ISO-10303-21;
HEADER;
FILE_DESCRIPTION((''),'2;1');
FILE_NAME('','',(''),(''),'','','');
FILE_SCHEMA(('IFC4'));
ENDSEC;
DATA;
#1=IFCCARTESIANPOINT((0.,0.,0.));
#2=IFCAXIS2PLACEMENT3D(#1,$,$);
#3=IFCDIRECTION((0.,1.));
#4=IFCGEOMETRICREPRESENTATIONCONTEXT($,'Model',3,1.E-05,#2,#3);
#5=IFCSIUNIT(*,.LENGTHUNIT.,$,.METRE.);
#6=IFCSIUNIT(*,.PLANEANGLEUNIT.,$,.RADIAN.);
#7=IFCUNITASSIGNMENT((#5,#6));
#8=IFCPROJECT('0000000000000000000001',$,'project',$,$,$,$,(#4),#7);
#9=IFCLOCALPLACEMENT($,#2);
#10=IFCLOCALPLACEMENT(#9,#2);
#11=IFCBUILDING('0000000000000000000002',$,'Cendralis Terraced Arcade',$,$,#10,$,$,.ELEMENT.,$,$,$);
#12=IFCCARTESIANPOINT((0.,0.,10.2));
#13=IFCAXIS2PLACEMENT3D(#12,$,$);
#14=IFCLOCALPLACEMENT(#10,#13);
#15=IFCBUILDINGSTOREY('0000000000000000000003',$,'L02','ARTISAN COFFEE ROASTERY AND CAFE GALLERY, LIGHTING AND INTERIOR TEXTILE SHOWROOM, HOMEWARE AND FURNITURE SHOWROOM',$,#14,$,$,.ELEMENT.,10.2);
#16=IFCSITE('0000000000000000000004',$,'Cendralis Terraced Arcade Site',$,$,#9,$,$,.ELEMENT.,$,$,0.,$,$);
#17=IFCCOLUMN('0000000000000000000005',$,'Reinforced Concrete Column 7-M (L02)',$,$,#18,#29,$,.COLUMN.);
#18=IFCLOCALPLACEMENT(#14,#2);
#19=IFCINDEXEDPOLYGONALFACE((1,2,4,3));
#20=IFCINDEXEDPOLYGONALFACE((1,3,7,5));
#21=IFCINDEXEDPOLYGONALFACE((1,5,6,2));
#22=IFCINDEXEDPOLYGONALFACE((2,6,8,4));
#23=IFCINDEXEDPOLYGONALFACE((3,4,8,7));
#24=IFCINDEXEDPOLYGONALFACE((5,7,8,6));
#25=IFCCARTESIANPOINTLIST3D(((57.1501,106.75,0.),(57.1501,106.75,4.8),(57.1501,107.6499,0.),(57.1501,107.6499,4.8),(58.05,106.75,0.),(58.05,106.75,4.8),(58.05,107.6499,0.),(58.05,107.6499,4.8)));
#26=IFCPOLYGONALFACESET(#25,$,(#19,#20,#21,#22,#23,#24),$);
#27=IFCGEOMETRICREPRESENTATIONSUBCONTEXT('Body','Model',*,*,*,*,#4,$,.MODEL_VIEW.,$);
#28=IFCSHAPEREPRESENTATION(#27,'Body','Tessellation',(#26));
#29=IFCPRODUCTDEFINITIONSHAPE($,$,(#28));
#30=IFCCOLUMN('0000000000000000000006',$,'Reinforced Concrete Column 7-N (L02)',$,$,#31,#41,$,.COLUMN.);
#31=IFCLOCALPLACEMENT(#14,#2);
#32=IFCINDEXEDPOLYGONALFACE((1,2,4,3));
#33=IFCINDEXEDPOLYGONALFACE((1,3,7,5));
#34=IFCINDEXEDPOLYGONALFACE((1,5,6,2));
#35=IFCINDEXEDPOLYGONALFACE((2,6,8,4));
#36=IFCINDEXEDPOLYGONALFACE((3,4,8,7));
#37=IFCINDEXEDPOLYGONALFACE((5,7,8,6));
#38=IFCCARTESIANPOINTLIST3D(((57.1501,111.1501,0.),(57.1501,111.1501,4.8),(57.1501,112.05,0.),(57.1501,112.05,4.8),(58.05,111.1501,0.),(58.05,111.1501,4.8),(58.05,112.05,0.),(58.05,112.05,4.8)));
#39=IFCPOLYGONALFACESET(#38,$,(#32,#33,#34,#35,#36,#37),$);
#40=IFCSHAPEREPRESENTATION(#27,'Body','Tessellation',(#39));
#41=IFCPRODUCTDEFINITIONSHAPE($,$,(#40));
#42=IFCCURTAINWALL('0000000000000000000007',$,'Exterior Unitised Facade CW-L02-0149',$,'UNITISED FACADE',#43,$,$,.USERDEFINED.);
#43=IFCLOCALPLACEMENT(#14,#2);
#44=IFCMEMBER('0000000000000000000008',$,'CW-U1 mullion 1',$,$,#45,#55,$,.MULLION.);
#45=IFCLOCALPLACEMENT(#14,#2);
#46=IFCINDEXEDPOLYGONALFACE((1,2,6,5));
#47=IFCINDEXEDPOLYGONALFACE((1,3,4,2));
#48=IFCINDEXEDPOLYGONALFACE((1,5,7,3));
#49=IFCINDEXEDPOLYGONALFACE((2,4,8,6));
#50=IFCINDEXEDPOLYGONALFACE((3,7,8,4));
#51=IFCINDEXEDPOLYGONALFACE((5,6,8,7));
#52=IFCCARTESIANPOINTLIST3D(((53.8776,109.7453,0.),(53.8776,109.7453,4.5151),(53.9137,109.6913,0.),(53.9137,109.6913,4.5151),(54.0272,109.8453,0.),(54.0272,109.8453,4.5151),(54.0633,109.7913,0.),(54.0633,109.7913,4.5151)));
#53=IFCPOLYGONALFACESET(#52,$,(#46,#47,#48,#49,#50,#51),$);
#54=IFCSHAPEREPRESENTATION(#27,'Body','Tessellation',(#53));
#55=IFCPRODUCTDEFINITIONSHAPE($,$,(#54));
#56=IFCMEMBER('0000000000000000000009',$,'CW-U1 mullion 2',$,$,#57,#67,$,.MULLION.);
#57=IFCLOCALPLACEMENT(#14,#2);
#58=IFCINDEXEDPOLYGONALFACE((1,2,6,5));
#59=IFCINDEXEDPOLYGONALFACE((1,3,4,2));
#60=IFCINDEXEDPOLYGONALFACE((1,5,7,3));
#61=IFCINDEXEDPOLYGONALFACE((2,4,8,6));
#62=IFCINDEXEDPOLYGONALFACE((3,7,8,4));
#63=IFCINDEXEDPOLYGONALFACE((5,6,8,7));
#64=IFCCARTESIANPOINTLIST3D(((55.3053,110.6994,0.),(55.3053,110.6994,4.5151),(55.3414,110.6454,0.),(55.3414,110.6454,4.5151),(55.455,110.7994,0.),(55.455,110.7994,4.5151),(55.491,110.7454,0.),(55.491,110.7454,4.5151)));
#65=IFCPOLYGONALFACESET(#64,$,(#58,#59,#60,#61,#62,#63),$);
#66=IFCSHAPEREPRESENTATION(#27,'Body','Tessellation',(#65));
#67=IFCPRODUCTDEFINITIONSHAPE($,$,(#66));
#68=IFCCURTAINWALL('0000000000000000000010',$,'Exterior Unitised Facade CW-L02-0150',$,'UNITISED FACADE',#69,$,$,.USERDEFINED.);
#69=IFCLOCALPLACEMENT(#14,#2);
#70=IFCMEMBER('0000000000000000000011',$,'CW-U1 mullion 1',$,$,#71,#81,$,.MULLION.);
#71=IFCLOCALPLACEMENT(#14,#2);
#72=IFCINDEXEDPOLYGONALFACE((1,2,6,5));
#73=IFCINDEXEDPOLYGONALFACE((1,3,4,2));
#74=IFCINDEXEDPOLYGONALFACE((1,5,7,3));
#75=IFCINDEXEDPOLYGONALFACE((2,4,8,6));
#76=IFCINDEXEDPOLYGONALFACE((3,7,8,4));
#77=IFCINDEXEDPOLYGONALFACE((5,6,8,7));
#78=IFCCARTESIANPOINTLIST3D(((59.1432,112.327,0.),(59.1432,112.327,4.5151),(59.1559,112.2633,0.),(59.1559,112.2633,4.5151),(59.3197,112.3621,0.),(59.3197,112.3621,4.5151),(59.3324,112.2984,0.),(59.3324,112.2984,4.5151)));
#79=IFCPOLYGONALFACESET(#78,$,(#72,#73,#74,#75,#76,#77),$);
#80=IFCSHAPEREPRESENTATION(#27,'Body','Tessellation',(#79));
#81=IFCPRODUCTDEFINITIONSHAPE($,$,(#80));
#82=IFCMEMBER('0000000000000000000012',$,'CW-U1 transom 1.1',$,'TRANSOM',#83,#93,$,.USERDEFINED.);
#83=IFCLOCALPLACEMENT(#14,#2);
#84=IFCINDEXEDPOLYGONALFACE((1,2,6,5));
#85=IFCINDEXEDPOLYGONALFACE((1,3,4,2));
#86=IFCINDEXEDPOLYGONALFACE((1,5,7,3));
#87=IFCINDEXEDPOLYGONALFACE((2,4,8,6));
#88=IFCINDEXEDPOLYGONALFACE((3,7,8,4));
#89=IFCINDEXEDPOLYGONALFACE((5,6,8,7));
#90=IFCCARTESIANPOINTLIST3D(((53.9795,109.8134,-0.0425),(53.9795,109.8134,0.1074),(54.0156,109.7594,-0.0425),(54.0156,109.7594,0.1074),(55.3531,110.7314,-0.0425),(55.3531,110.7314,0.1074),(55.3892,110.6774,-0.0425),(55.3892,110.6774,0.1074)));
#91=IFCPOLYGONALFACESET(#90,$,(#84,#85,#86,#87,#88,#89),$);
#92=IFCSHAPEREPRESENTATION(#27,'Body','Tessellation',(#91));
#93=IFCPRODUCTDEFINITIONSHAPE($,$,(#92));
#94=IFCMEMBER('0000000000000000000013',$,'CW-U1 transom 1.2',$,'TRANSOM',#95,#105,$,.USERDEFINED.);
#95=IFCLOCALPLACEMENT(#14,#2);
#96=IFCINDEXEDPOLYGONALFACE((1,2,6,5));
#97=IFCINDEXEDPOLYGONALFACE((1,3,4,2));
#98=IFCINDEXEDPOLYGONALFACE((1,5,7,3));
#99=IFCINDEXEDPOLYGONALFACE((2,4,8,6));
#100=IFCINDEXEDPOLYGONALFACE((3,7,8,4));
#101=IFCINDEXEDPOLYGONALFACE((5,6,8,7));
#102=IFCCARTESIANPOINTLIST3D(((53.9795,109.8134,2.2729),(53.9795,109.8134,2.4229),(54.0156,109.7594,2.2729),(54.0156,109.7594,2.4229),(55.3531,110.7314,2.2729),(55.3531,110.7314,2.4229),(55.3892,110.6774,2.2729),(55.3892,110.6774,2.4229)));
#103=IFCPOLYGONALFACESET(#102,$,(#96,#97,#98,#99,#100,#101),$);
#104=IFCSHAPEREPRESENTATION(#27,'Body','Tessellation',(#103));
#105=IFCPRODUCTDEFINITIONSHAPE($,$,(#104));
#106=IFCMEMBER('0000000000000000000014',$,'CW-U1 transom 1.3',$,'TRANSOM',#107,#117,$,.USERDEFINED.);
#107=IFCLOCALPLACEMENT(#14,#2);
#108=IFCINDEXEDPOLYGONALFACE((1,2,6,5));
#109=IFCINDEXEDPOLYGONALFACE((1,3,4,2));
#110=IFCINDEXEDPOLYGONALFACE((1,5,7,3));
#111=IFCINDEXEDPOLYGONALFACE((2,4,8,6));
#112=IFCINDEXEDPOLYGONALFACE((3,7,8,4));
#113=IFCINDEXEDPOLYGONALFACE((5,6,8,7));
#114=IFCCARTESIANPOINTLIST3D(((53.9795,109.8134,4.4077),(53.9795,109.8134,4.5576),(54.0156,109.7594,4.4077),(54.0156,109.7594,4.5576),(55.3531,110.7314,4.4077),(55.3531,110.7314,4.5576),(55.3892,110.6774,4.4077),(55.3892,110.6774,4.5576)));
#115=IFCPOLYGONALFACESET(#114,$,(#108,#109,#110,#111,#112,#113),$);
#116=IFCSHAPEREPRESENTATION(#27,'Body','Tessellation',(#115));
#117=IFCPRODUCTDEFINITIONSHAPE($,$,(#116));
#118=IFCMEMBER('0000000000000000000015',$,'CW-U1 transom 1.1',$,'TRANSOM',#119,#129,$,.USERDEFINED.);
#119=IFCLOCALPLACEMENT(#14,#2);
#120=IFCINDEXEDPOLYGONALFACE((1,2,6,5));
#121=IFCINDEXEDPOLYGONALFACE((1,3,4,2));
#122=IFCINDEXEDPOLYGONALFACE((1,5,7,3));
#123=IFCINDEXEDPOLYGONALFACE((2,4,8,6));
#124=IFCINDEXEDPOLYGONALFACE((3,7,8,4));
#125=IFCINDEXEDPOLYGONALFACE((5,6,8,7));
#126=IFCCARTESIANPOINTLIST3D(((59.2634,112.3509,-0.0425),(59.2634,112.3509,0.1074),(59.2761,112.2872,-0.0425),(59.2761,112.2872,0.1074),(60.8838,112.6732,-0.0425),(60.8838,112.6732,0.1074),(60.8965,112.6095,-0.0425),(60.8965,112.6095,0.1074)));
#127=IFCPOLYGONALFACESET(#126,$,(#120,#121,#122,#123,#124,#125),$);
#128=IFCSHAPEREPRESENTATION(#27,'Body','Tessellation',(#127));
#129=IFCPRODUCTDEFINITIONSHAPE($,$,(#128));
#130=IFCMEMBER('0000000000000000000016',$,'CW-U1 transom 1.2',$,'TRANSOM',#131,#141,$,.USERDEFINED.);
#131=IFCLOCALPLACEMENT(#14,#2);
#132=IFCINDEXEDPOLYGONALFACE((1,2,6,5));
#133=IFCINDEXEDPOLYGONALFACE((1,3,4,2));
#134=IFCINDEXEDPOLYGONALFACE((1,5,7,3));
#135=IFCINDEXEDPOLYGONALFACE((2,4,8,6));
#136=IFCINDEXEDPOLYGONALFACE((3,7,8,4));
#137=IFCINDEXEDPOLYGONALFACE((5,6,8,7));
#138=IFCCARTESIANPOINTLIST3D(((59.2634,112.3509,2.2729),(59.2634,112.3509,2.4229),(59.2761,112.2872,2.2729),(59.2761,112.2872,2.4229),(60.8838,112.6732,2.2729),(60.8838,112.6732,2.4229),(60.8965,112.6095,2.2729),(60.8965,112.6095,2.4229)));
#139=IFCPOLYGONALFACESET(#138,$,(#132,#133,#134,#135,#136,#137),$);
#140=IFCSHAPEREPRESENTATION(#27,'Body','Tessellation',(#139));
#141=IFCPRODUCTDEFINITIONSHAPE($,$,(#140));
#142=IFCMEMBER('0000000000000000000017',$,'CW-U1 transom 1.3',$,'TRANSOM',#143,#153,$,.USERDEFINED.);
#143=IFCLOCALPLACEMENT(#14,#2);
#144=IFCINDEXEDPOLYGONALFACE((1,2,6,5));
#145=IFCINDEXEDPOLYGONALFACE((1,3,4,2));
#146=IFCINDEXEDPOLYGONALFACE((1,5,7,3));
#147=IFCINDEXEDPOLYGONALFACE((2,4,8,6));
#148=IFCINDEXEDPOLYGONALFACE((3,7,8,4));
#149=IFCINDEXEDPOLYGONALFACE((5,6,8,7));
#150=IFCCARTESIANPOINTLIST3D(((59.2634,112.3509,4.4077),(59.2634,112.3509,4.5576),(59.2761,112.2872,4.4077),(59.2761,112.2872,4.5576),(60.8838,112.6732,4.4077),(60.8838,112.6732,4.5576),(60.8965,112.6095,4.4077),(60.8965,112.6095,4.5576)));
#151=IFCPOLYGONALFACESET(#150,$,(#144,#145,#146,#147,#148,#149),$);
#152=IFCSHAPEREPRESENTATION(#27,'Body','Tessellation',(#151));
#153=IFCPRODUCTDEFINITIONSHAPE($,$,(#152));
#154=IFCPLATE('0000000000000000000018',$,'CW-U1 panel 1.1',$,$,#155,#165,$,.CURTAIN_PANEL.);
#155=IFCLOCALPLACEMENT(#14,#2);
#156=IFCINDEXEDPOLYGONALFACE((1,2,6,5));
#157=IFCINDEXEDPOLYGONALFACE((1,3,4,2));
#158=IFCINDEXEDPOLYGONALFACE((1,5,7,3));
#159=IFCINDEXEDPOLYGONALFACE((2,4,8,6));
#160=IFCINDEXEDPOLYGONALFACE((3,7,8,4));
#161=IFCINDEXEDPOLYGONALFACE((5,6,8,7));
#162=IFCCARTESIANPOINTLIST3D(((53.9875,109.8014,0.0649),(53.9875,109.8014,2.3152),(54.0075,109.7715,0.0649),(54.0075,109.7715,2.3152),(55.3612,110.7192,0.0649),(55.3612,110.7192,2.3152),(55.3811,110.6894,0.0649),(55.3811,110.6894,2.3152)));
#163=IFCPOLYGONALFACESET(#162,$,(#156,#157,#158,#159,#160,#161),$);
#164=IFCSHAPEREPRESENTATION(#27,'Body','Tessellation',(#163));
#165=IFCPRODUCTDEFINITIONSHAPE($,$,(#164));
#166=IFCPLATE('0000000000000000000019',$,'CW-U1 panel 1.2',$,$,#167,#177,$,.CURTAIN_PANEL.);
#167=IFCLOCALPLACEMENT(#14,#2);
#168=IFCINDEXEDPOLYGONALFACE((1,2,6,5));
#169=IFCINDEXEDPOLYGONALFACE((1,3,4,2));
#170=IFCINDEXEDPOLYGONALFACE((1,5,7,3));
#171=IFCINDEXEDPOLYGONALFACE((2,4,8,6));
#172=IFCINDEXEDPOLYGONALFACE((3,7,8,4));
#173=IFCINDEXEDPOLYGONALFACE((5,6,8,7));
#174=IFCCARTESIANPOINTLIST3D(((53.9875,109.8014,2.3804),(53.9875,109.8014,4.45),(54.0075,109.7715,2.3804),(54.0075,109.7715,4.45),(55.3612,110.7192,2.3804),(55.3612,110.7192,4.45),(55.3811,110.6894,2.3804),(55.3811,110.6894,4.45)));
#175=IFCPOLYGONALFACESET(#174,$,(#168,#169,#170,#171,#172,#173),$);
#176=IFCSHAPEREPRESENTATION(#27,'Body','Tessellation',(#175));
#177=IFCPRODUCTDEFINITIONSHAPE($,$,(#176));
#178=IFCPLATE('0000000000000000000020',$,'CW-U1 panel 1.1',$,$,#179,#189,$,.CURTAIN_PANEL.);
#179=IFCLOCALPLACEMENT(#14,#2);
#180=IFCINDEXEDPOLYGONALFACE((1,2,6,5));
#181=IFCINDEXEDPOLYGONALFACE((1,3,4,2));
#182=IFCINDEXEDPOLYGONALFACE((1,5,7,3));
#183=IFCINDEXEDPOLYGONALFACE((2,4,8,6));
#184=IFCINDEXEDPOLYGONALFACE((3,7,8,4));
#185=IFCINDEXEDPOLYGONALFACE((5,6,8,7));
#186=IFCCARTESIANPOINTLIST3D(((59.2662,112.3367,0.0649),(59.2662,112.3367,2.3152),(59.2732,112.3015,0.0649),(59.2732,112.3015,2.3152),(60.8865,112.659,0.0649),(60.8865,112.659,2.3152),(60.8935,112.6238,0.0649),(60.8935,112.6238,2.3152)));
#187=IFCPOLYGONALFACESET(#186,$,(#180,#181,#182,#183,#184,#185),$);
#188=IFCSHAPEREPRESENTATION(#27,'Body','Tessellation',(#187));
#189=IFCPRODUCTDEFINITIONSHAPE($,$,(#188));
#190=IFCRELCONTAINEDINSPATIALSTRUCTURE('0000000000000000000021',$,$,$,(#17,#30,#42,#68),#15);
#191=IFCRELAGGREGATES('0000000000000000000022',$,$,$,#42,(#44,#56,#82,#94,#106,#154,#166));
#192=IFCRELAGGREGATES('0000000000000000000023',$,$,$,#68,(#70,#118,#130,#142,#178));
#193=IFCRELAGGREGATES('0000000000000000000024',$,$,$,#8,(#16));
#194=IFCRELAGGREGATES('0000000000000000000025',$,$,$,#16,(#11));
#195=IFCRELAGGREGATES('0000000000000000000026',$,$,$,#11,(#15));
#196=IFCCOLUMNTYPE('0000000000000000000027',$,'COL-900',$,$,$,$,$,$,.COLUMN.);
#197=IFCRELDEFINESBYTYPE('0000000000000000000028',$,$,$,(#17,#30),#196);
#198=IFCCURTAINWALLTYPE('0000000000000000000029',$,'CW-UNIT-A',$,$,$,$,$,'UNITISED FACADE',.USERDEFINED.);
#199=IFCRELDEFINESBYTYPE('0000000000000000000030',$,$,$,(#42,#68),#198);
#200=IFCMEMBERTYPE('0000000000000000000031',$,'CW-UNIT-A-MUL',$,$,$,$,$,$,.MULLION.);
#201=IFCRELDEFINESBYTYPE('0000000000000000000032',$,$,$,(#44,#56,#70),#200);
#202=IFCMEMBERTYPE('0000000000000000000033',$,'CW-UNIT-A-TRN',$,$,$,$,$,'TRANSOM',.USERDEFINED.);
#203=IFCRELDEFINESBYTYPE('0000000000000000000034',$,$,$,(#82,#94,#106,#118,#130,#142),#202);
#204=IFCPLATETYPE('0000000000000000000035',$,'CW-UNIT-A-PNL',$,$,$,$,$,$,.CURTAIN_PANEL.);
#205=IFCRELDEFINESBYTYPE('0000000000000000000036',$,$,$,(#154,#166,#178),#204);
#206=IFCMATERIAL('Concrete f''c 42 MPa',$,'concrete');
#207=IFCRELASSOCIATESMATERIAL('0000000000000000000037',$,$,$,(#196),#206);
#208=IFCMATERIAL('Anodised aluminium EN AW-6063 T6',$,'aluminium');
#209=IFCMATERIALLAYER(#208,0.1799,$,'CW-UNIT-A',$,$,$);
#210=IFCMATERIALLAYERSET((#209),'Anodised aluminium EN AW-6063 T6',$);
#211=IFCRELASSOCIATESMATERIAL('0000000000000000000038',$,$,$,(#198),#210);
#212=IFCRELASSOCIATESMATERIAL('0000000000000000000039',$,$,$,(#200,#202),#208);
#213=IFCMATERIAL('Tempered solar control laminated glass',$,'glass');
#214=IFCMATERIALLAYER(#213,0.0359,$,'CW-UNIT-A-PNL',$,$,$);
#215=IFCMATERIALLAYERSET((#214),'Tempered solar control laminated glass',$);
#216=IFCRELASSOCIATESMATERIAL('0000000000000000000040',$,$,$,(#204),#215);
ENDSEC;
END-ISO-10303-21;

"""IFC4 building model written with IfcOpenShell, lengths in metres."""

from ifc_helpers import new_model, si_unit, direction, frame, origin, origin_2d, place, context, subcontext, project, spatial, rectangle, extrude, material, layer, layer_set, material_profile, profile_set, type_object, element, aggregate, save


model = new_model("IFC4")

# Units and contexts
model_context = context("Model", 3, precision=1e-05, world=origin(), true_north=direction((0.0, 1.0)))
body_context = subcontext(model_context, "Body", "Model", "MODEL_VIEW")
ifc_project = project(units=[si_unit("LENGTHUNIT", "METRE"), si_unit("PLANEANGLEUNIT", "RADIAN")], contexts=[model_context])

# Site, building, storey
site_placement = place(None, origin())
site = spatial("IfcSite", under=ifc_project, at=site_placement, Name="Cendralis Terraced Arcade Site", CompositionType="ELEMENT", RefElevation=0.0)
building_placement = place(site_placement, origin())
building = spatial("IfcBuilding", under=site, at=building_placement, Name="Cendralis Terraced Arcade", CompositionType="ELEMENT")
storey_placement = place(building_placement, frame((0.0, 0.0, 10.2)))
storey = spatial("IfcBuildingStorey", under=building, at=storey_placement, Name="L02", Description="ARTISAN COFFEE ROASTERY AND CAFE GALLERY, LIGHTING AND INTERIOR TEXTILE SHOWROOM, HOMEWARE AND FURNITURE SHOWROOM", CompositionType="ELEMENT", Elevation=10.2)

# Columns
ifc_material_1 = material(Name="Concrete f'c 42 MPa", Category="concrete")
ifc_material_profile_1 = material_profile(ifc_material_1, rectangle(XDim=0.8999, YDim=0.8999, at=origin_2d()), Name="RC-COL-900x900", Category="LoadBearing")
ifc_profile_set_1 = profile_set([ifc_material_profile_1], Name="Concrete f'c 42 MPa")
column_type = type_object("IfcColumnType", Name="COL-900", PredefinedType="COLUMN", material=ifc_profile_set_1)
for number, where, z_axis, x_axis, name in (
    (1, (57.6001, 107.2, 0.0), (0.0, 0.0, 1.0), (1.0, 0.0, 0.0), "Reinforced Concrete Column 7-M (L02)"),
    (2, (57.6001, 111.6001, 0.0), (0.0, 0.0, 1.0), (1.0, 0.0, 0.0), "Reinforced Concrete Column 7-N (L02)"),
):
    element("IfcColumn", number, at=place(storey_placement, frame(where, z_axis=z_axis, x_axis=x_axis)), inside=storey, type_object=column_type, Name=name, PredefinedType="COLUMN", context=body_context, shape_type="SweptSolid", body=[
        extrude(rectangle(XDim=0.8999, YDim=0.8999, at=origin_2d()), origin(), (0.0, 0.0, 1.0), 4.8),
    ])

# Curtain wall, members
ifc_material_2 = material(Name="Anodised aluminium EN AW-6063 T6", Category="aluminium")
ifc_layer_1 = layer(ifc_material_2, 0.1799, Name="CW-UNIT-A")
ifc_layer_set_1 = layer_set([ifc_layer_1], Name="Anodised aluminium EN AW-6063 T6")
curtain_wall_type = type_object("IfcCurtainWallType", Name="CW-UNIT-A", ElementType="UNITISED FACADE", PredefinedType="USERDEFINED", material=ifc_layer_set_1)
curtain_wall_1_placement = place(storey_placement, origin())
curtain_wall_1 = element("IfcCurtainWall", 3, at=curtain_wall_1_placement, inside=storey, type_object=curtain_wall_type, Name="Exterior Unitised Facade CW-L02-0149", ObjectType="UNITISED FACADE", PredefinedType="USERDEFINED")
ifc_material_profile_2 = material_profile(ifc_material_2, rectangle(XDim=0.0649, YDim=0.1799, at=origin_2d()), Name="ALU-MUL-65x180")
ifc_profile_set_2 = profile_set([ifc_material_profile_2], Name="Anodised aluminium EN AW-6063 T6")
member_type_1 = type_object("IfcMemberType", Name="CW-UNIT-A-MUL", PredefinedType="MULLION", material=ifc_profile_set_2)
member_1_placement = place(storey_placement, frame((53.9705, 109.7683, 0.0), z_axis=(0.0, 0.0, 1.0), x_axis=(-0.555567, 0.831471, 0.0)))
member_1 = element("IfcMember", 4, at=member_1_placement, type_object=member_type_1, Name="CW-U1 mullion 1", PredefinedType="MULLION", context=body_context, shape_type="SweptSolid", body=[
    extrude(rectangle(XDim=0.0649, YDim=0.1799, at=origin_2d()), origin(), (0.0, 0.0, 1.0), 4.5151),
])
member_2_placement = place(storey_placement, frame((55.3982, 110.7224, 0.0), z_axis=(0.0, 0.0, 1.0), x_axis=(-0.555567, 0.831471, 0.0)))
member_2 = element("IfcMember", 5, at=member_2_placement, type_object=member_type_1, Name="CW-U1 mullion 2", PredefinedType="MULLION", context=body_context, shape_type="SweptSolid", body=[
    extrude(rectangle(XDim=0.0649, YDim=0.1799, at=origin_2d()), origin(), (0.0, 0.0, 1.0), 4.5151),
])

# Curtain wall, member
curtain_wall_2_placement = place(storey_placement, origin())
curtain_wall_2 = element("IfcCurtainWall", 6, at=curtain_wall_2_placement, inside=storey, type_object=curtain_wall_type, Name="Exterior Unitised Facade CW-L02-0150", ObjectType="UNITISED FACADE", PredefinedType="USERDEFINED")
member_3_placement = place(storey_placement, frame((59.2378, 112.3127, 0.0), z_axis=(0.0, 0.0, 1.0), x_axis=(-0.195058, 0.980792, 0.0)))
member_3 = element("IfcMember", 7, at=member_3_placement, type_object=member_type_1, Name="CW-U1 mullion 1", PredefinedType="MULLION", context=body_context, shape_type="SweptSolid", body=[
    extrude(rectangle(XDim=0.0649, YDim=0.1799, at=origin_2d()), origin(), (0.0, 0.0, 1.0), 4.5151),
])

# Members
ifc_material_profile_3 = material_profile(ifc_material_2, rectangle(XDim=0.0649, YDim=0.1499, at=origin_2d()), Name="ALU-TRN-65x150")
ifc_profile_set_3 = profile_set([ifc_material_profile_3], Name="Anodised aluminium EN AW-6063 T6")
member_type_2 = type_object("IfcMemberType", Name="CW-UNIT-A-TRN", ElementType="TRANSOM", PredefinedType="USERDEFINED", material=ifc_profile_set_3)
member_4_placement = place(storey_placement, frame((53.9976, 109.7864, 0.0325), z_axis=(0.831413, 0.555655, 0.0), x_axis=(-0.555655, 0.831413, 0.0)))
member_4 = element("IfcMember", 8, at=member_4_placement, type_object=member_type_2, Name="CW-U1 transom 1.1", ObjectType="TRANSOM", PredefinedType="USERDEFINED", context=body_context, shape_type="SweptSolid", body=[
    extrude(rectangle(XDim=0.0649, YDim=0.1499, at=origin_2d()), origin(), (0.0, 0.0, 1.0), 1.6521),
])
member_5_placement = place(storey_placement, frame((53.9976, 109.7864, 2.3479), z_axis=(0.831413, 0.555655, 0.0), x_axis=(-0.555655, 0.831413, 0.0)))
member_5 = element("IfcMember", 9, at=member_5_placement, type_object=member_type_2, Name="CW-U1 transom 1.2", ObjectType="TRANSOM", PredefinedType="USERDEFINED", context=body_context, shape_type="SweptSolid", body=[
    extrude(rectangle(XDim=0.0649, YDim=0.1499, at=origin_2d()), origin(), (0.0, 0.0, 1.0), 1.6521),
])
member_6_placement = place(storey_placement, frame((53.9976, 109.7864, 4.4827), z_axis=(0.831413, 0.555655, 0.0), x_axis=(-0.555655, 0.831413, 0.0)))
member_6 = element("IfcMember", 10, at=member_6_placement, type_object=member_type_2, Name="CW-U1 transom 1.3", ObjectType="TRANSOM", PredefinedType="USERDEFINED", context=body_context, shape_type="SweptSolid", body=[
    extrude(rectangle(XDim=0.0649, YDim=0.1499, at=origin_2d()), origin(), (0.0, 0.0, 1.0), 1.6521),
])
member_7_placement = place(storey_placement, frame((59.2698, 112.3191, 0.0325), z_axis=(0.98079, 0.195065, 0.0), x_axis=(-0.195065, 0.98079, 0.0)))
member_7 = element("IfcMember", 11, at=member_7_placement, type_object=member_type_2, Name="CW-U1 transom 1.1", ObjectType="TRANSOM", PredefinedType="USERDEFINED", context=body_context, shape_type="SweptSolid", body=[
    extrude(rectangle(XDim=0.0649, YDim=0.1499, at=origin_2d()), origin(), (0.0, 0.0, 1.0), 1.6521),
])
member_8_placement = place(storey_placement, frame((59.2698, 112.3191, 2.3479), z_axis=(0.98079, 0.195065, 0.0), x_axis=(-0.195065, 0.98079, 0.0)))
member_8 = element("IfcMember", 12, at=member_8_placement, type_object=member_type_2, Name="CW-U1 transom 1.2", ObjectType="TRANSOM", PredefinedType="USERDEFINED", context=body_context, shape_type="SweptSolid", body=[
    extrude(rectangle(XDim=0.0649, YDim=0.1499, at=origin_2d()), origin(), (0.0, 0.0, 1.0), 1.6521),
])
member_9_placement = place(storey_placement, frame((59.2698, 112.3191, 4.4827), z_axis=(0.98079, 0.195065, 0.0), x_axis=(-0.195065, 0.98079, 0.0)))
member_9 = element("IfcMember", 13, at=member_9_placement, type_object=member_type_2, Name="CW-U1 transom 1.3", ObjectType="TRANSOM", PredefinedType="USERDEFINED", context=body_context, shape_type="SweptSolid", body=[
    extrude(rectangle(XDim=0.0649, YDim=0.1499, at=origin_2d()), origin(), (0.0, 0.0, 1.0), 1.6521),
])

# Plates
ifc_material_3 = material(Name="Tempered solar control laminated glass", Category="glass")
ifc_layer_2 = layer(ifc_material_3, 0.0359, Name="CW-UNIT-A-PNL")
ifc_layer_set_2 = layer_set([ifc_layer_2], Name="Tempered solar control laminated glass")
plate_type = type_object("IfcPlateType", Name="CW-UNIT-A-PNL", PredefinedType="CURTAIN_PANEL", material=ifc_layer_set_2)
plate_1_placement = place(storey_placement, frame((54.6843, 110.2454, 0.0649), z_axis=(0.0, 0.0, 1.0), x_axis=(0.831471, 0.555567, 0.0)))
plate_1 = element("IfcPlate", 14, at=plate_1_placement, type_object=plate_type, Name="CW-U1 panel 1.1", PredefinedType="CURTAIN_PANEL", context=body_context, shape_type="SweptSolid", body=[
    extrude(rectangle(XDim=1.6521, YDim=0.0359, at=origin_2d()), origin(), (0.0, 0.0, 1.0), 2.2502),
])
plate_2_placement = place(storey_placement, frame((54.6843, 110.2454, 2.3804), z_axis=(0.0, 0.0, 1.0), x_axis=(0.831471, 0.555567, 0.0)))
plate_2 = element("IfcPlate", 15, at=plate_2_placement, type_object=plate_type, Name="CW-U1 panel 1.2", PredefinedType="CURTAIN_PANEL", context=body_context, shape_type="SweptSolid", body=[
    extrude(rectangle(XDim=1.6521, YDim=0.0359, at=origin_2d()), origin(), (0.0, 0.0, 1.0), 2.0696),
])
aggregate(curtain_wall_1, [member_1, member_2, member_4, member_5, member_6, plate_1, plate_2])
plate_3_placement = place(storey_placement, frame((60.0798, 112.4802, 0.0649), z_axis=(0.0, 0.0, 1.0), x_axis=(0.980792, 0.195058, 0.0)))
plate_3 = element("IfcPlate", 16, at=plate_3_placement, type_object=plate_type, Name="CW-U1 panel 1.1", PredefinedType="CURTAIN_PANEL", context=body_context, shape_type="SweptSolid", body=[
    extrude(rectangle(XDim=1.6521, YDim=0.0359, at=origin_2d()), origin(), (0.0, 0.0, 1.0), 2.2502),
])
aggregate(curtain_wall_2, [member_3, member_7, member_8, member_9, plate_3])

save(model, "model.ifc")
